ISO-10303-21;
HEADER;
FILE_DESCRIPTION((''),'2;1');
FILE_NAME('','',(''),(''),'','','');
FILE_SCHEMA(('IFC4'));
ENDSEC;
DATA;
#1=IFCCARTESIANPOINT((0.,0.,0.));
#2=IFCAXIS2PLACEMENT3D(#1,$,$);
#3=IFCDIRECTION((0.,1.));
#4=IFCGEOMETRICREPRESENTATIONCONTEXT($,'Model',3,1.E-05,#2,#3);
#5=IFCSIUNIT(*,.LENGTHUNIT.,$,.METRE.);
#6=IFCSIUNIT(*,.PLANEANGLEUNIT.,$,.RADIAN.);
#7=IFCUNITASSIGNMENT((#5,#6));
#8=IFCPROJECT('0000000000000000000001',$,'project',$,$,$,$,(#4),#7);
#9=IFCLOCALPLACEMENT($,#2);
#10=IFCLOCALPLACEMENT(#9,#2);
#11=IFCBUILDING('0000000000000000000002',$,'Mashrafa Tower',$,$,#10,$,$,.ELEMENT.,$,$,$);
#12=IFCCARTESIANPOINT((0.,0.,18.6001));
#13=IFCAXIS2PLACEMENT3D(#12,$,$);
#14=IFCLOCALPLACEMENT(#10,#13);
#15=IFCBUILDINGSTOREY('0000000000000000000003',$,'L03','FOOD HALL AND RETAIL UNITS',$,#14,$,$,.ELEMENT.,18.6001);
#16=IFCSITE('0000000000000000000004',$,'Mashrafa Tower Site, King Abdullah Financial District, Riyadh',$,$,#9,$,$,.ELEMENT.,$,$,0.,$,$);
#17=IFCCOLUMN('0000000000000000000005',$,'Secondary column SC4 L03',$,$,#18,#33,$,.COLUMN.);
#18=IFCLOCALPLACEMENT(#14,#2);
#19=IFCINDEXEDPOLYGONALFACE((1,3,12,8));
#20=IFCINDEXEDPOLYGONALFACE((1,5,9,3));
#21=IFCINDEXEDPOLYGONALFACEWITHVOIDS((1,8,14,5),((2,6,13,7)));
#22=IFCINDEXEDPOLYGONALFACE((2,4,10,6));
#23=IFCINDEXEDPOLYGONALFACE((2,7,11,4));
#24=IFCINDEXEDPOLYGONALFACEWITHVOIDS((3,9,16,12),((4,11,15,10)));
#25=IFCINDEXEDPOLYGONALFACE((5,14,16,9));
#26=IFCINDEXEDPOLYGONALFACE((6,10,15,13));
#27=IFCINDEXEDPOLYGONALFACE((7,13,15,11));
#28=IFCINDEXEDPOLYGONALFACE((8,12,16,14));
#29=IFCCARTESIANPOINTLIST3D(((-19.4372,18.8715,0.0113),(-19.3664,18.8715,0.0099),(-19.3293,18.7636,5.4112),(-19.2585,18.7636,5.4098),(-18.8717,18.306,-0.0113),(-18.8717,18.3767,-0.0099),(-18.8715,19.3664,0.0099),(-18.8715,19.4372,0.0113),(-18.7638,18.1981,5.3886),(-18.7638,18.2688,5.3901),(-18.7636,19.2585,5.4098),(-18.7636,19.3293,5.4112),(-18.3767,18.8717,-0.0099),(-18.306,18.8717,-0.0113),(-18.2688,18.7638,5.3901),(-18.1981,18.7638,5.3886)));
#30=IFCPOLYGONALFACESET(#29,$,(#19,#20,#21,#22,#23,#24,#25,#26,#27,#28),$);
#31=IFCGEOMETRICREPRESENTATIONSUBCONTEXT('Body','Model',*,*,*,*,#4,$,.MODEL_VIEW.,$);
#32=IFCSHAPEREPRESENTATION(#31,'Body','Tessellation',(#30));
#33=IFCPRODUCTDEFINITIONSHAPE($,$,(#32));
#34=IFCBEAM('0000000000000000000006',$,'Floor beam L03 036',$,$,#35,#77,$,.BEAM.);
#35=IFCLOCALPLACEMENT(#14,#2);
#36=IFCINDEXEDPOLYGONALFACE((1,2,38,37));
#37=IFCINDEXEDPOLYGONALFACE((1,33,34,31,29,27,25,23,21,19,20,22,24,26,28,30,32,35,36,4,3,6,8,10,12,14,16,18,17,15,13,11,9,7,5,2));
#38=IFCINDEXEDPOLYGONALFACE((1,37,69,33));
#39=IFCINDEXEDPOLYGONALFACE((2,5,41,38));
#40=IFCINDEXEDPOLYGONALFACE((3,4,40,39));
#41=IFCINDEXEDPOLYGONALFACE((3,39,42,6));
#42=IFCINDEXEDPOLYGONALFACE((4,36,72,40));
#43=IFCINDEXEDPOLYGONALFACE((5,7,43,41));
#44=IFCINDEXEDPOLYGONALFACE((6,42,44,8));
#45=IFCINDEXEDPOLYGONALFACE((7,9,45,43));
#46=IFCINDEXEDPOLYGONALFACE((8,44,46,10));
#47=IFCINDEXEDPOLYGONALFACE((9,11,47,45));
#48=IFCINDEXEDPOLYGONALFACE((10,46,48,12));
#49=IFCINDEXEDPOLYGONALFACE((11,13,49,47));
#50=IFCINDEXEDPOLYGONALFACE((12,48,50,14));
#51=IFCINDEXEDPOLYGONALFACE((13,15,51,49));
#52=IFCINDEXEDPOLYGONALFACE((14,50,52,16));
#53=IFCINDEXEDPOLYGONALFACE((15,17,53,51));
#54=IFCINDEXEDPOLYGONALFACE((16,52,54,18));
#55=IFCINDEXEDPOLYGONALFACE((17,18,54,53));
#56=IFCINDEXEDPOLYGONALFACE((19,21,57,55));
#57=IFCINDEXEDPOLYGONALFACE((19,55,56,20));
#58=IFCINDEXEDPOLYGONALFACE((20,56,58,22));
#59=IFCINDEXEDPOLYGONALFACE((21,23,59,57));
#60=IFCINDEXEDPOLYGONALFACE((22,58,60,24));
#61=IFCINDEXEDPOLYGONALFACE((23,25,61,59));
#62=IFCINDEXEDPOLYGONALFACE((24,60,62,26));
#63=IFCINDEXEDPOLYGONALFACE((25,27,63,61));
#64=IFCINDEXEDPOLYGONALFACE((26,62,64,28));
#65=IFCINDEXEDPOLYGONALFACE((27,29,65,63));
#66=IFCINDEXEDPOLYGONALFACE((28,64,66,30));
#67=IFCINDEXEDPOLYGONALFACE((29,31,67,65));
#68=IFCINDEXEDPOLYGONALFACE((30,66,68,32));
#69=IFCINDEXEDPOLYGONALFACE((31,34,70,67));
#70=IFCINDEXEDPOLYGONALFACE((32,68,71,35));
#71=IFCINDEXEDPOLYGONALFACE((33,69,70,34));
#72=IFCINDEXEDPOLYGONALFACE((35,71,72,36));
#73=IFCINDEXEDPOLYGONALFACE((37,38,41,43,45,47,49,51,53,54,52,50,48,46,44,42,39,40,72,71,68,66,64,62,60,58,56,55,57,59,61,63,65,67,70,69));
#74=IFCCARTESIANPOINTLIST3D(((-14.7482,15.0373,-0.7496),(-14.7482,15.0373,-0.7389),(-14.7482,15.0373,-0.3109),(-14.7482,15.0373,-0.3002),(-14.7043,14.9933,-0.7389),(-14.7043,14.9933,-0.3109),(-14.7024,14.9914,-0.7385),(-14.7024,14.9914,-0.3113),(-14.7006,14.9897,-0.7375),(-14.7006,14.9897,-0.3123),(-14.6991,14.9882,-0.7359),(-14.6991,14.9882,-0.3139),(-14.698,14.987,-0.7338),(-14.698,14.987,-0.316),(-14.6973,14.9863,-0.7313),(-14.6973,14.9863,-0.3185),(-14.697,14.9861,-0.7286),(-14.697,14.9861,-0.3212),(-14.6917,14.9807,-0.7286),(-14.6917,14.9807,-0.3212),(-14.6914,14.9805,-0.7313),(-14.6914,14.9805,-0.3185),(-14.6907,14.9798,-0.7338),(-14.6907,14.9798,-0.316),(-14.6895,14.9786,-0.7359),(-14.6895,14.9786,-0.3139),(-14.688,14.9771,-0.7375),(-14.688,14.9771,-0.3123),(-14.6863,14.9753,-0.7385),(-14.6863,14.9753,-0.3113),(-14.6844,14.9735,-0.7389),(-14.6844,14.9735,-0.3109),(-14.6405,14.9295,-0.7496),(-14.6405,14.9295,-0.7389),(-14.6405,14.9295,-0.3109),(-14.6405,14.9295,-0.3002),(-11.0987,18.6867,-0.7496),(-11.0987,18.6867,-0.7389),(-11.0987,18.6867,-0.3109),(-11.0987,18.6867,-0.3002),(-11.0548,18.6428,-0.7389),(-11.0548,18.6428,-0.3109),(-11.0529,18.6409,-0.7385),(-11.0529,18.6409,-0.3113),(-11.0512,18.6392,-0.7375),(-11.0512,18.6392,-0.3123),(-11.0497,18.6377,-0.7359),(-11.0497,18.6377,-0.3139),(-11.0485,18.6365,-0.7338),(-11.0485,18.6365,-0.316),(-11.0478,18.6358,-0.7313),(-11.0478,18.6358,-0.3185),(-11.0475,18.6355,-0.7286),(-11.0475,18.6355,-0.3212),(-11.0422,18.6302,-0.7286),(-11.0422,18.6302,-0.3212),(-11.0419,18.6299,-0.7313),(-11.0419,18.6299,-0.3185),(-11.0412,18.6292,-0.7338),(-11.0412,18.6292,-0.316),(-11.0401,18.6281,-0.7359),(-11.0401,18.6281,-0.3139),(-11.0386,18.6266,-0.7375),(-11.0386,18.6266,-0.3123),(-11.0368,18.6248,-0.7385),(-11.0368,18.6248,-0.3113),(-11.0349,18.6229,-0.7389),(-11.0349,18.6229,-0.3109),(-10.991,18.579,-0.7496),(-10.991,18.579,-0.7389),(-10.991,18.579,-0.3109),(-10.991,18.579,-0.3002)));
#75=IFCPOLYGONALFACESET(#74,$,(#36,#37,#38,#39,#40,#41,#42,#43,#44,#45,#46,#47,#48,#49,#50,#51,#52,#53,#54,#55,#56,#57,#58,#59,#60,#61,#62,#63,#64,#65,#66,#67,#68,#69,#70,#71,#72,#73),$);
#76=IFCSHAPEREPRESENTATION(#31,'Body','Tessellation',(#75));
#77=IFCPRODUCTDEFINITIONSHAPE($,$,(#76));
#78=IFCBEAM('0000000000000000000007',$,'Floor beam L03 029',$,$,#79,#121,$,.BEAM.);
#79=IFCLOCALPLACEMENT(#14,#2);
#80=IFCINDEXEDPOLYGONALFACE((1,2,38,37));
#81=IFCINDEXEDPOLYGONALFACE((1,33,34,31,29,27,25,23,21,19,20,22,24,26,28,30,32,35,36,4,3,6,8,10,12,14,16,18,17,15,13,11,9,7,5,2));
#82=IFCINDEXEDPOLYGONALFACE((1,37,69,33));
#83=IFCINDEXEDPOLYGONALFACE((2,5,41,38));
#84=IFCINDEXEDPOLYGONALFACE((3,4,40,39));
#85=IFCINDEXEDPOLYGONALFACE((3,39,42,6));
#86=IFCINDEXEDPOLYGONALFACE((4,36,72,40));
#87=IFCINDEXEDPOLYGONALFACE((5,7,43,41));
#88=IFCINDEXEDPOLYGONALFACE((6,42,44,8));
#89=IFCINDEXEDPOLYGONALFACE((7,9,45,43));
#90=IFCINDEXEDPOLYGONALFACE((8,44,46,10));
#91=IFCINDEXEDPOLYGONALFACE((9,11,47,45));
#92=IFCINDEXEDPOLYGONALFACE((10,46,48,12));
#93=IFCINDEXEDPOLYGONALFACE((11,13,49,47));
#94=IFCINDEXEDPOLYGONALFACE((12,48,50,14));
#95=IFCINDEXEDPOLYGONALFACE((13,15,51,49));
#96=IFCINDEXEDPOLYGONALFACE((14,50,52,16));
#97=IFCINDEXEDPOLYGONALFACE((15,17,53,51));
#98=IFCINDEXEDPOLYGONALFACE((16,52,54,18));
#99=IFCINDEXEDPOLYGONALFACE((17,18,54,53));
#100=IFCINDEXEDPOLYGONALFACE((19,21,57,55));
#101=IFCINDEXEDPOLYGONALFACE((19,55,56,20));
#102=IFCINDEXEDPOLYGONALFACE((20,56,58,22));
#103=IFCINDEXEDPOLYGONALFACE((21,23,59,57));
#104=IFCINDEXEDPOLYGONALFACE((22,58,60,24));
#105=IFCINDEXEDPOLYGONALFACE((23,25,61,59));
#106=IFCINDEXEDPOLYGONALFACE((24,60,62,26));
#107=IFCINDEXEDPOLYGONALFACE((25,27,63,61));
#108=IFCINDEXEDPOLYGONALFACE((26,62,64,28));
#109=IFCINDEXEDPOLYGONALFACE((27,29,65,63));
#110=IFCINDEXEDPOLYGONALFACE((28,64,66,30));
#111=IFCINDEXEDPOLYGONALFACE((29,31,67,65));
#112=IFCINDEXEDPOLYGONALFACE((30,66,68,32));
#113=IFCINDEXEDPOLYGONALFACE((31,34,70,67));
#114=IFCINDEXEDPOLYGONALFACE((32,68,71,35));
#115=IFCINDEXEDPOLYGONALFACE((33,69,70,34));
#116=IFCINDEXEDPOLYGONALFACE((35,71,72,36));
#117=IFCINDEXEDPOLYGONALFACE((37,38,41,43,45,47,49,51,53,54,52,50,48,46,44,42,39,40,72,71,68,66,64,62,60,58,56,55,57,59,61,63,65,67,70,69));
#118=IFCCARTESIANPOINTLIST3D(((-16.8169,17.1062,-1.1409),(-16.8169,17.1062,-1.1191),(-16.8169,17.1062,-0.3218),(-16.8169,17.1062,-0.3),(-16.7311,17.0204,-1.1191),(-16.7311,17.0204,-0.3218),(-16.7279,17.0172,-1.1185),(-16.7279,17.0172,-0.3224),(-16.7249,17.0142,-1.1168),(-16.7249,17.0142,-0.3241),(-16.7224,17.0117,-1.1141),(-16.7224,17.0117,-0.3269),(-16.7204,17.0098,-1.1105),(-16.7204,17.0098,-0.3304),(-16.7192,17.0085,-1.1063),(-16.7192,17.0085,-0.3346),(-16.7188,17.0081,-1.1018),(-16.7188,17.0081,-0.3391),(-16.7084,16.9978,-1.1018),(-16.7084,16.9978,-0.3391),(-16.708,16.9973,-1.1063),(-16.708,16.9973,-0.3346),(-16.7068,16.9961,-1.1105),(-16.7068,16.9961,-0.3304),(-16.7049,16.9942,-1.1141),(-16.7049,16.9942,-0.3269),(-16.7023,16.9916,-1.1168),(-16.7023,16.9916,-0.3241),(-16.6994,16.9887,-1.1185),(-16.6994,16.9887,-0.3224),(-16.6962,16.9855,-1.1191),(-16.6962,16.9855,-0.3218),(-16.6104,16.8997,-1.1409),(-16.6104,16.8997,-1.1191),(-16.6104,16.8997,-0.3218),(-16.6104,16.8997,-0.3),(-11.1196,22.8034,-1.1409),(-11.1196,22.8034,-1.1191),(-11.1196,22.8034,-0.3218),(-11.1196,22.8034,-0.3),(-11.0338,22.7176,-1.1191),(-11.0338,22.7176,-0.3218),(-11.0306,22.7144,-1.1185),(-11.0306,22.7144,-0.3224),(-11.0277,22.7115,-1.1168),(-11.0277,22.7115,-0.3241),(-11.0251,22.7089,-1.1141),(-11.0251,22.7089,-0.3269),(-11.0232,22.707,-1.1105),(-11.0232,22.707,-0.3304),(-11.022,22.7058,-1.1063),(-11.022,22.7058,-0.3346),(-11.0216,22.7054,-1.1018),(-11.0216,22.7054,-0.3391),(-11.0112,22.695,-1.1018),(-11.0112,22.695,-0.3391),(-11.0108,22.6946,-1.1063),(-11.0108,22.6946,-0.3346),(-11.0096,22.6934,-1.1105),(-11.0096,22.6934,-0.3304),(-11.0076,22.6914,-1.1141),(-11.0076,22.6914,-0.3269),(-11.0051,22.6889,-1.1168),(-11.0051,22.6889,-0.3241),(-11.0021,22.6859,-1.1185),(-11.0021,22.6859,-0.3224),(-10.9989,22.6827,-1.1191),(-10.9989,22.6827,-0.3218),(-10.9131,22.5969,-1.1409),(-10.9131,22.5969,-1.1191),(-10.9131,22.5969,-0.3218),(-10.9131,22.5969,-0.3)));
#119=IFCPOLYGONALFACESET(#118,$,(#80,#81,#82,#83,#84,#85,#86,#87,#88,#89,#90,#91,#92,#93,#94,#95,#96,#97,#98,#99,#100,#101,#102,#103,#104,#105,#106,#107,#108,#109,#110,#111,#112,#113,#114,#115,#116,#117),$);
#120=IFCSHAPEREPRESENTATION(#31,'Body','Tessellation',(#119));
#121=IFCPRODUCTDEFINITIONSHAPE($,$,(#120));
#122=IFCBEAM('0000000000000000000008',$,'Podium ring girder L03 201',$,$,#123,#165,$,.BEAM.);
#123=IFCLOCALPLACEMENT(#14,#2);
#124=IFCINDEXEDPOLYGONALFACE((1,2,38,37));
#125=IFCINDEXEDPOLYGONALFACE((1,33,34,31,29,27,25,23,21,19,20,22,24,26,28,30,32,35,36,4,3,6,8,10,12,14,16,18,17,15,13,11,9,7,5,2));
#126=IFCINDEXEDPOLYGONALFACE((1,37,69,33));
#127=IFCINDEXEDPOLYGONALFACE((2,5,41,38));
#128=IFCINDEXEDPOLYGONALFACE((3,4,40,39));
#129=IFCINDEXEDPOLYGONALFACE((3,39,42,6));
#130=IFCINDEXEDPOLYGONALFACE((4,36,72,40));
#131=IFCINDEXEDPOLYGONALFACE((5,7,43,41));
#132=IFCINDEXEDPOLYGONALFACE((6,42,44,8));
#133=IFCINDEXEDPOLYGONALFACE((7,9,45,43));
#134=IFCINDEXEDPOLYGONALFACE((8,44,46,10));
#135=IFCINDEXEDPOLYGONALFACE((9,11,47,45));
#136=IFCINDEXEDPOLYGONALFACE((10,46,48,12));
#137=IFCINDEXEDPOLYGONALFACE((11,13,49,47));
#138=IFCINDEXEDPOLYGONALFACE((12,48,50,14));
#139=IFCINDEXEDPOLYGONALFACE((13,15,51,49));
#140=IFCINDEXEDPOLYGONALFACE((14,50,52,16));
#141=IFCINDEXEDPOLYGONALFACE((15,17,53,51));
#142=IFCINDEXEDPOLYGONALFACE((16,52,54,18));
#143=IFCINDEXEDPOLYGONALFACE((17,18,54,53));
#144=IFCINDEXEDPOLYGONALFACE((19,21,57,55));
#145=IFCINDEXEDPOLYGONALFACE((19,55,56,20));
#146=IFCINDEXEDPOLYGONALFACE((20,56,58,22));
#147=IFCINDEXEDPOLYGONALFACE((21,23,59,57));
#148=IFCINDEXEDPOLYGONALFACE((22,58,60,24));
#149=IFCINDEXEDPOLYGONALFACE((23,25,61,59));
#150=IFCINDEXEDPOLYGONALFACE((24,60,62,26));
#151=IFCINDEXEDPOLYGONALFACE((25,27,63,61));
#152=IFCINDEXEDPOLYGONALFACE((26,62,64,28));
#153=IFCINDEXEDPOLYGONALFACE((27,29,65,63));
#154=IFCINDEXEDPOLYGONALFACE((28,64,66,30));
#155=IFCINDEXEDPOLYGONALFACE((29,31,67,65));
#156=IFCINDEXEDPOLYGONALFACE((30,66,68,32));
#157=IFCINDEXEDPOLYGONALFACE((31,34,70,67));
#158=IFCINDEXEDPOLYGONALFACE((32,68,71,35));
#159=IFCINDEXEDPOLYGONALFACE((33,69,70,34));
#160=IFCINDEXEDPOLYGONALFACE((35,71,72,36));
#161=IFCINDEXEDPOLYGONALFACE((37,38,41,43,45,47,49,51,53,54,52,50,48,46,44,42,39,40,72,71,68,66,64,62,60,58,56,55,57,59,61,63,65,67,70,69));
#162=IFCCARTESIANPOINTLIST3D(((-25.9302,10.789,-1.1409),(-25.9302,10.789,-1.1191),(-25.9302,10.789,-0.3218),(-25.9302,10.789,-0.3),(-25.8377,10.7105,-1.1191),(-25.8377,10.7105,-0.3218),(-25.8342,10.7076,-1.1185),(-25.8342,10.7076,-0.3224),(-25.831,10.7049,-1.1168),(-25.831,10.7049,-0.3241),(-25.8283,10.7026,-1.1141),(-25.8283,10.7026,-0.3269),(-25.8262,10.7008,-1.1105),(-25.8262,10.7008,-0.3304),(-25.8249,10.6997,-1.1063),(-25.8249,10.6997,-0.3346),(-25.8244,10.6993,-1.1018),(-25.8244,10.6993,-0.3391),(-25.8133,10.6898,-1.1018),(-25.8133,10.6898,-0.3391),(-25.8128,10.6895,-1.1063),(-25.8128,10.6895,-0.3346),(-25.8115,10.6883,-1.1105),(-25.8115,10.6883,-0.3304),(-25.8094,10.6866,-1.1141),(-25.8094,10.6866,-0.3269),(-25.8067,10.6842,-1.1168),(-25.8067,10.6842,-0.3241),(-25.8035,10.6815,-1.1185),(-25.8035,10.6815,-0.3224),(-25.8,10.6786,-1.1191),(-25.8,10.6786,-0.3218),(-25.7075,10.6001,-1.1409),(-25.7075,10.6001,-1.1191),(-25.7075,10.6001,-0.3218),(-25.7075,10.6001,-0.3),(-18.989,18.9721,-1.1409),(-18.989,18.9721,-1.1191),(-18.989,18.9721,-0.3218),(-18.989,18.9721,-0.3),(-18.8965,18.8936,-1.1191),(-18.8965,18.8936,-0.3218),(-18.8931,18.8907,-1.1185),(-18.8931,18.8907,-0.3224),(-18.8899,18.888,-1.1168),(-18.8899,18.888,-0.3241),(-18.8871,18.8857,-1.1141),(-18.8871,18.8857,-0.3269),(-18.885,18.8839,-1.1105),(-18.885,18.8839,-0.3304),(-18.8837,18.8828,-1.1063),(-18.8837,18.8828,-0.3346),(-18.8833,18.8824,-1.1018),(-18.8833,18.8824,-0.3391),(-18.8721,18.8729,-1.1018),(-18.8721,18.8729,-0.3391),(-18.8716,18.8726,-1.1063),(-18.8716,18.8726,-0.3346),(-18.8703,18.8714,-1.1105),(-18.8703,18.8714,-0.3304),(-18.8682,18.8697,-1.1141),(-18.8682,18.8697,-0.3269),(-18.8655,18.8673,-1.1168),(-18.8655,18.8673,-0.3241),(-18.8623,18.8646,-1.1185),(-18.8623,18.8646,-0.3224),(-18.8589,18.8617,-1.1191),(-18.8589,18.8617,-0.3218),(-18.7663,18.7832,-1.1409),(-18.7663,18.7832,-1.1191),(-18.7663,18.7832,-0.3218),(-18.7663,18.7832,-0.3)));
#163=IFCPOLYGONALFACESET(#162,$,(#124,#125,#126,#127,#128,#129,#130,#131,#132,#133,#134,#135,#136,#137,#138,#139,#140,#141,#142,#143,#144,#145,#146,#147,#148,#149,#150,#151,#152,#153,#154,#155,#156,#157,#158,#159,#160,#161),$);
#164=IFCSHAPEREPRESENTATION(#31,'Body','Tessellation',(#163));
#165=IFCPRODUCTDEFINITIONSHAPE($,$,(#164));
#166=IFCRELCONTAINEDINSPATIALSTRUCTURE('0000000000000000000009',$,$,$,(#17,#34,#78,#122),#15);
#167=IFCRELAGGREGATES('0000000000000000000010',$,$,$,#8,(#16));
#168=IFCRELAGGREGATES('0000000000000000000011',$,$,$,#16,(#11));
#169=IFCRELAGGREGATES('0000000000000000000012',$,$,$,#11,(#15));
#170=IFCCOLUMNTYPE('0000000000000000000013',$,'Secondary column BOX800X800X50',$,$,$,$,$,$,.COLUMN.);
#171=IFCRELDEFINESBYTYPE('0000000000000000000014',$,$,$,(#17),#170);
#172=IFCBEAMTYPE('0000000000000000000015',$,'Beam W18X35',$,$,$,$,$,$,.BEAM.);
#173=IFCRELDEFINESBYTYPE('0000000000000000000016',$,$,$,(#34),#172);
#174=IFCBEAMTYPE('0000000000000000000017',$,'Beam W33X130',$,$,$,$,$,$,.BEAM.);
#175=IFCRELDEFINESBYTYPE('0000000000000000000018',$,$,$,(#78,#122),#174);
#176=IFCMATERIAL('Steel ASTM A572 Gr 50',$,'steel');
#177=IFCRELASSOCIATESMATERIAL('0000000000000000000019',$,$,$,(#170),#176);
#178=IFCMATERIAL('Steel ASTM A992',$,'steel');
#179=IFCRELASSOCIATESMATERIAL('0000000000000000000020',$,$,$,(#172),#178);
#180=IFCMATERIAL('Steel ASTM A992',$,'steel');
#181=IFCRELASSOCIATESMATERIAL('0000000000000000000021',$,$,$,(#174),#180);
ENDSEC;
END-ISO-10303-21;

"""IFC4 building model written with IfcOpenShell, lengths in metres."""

from ifc_helpers import new_model, si_unit, direction, frame, origin, origin_2d, place, context, subcontext, project, spatial, hollow_rectangle, i_section, extrude, material, material_profile, profile_set, type_object, element, save


model = new_model("IFC4")

# Units and contexts
model_context = context("Model", 3, precision=1e-05, world=origin(), true_north=direction((0.0, 1.0)))
body_context = subcontext(model_context, "Body", "Model", "MODEL_VIEW")
ifc_project = project(units=[si_unit("LENGTHUNIT", "METRE"), si_unit("PLANEANGLEUNIT", "RADIAN")], contexts=[model_context])

# Site, building, storey
site_placement = place(None, origin())
site = spatial("IfcSite", under=ifc_project, at=site_placement, Name="Mashrafa Tower Site, King Abdullah Financial District, Riyadh", CompositionType="ELEMENT", RefElevation=0.0)
building_placement = place(site_placement, origin())
building = spatial("IfcBuilding", under=site, at=building_placement, Name="Mashrafa Tower", CompositionType="ELEMENT")
storey_placement = place(building_placement, frame((0.0, 0.0, 18.6001)))
storey = spatial("IfcBuildingStorey", under=building, at=storey_placement, Name="L03", Description="FOOD HALL AND RETAIL UNITS", CompositionType="ELEMENT", Elevation=18.6001)

# Column
ifc_material_1 = material(Name="Steel ASTM A572 Gr 50", Category="steel")
ifc_material_profile_1 = material_profile(ifc_material_1, hollow_rectangle(XDim=0.8, YDim=0.8, WallThickness=0.05, at=origin_2d()), Name="BOX800X800X50")
ifc_profile_set_1 = profile_set([ifc_material_profile_1], Name="Steel ASTM A572 Gr 50")
column_type = type_object("IfcColumnType", Name="Secondary column BOX800X800X50", PredefinedType="COLUMN", material=ifc_profile_set_1)
column_placement = place(storey_placement, frame((-18.8716, 18.8716, 0.0), z_axis=(0.019976, -0.019976, 0.999601), x_axis=(0.707107, 0.707107, 0.0)))
element("IfcColumn", 1, at=column_placement, inside=storey, type_object=column_type, Name="Secondary column SC4 L03", PredefinedType="COLUMN", context=body_context, shape_type="SweptSolid", body=[
    extrude(hollow_rectangle(XDim=0.8, YDim=0.8, WallThickness=0.05, at=origin_2d()), origin(), (0.0, 0.0, 1.0), 5.4021),
])

# Beams
ifc_material_2 = material(Name="Steel ASTM A992", Category="steel")
ifc_material_profile_2 = material_profile(ifc_material_2, i_section(OverallWidth=0.1523, OverallDepth=0.4495, WebThickness=0.0076, FlangeThickness=0.0107, FilletRadius=0.0103, at=origin_2d()), Name="W18X35")
ifc_profile_set_2 = profile_set([ifc_material_profile_2], Name="Steel ASTM A992")
beam_type_1 = type_object("IfcBeamType", Name="Beam W18X35", PredefinedType="BEAM", material=ifc_profile_set_2)
beam_1_placement = place(storey_placement, frame((-14.6943, 14.9834, -0.5249), z_axis=(0.707107, 0.707107, 0.0), x_axis=(-0.707107, 0.707107, 0.0)))
element("IfcBeam", 2, at=beam_1_placement, inside=storey, type_object=beam_type_1, Name="Floor beam L03 036", PredefinedType="BEAM", context=body_context, shape_type="SweptSolid", body=[
    extrude(i_section(OverallWidth=0.1523, OverallDepth=0.4495, WebThickness=0.0076, FlangeThickness=0.0107, FilletRadius=0.0103, at=origin_2d()), origin(), (0.0, 0.0, 1.0), 5.1611),
])
ifc_material_3 = material(Name="Steel ASTM A992", Category="steel")
ifc_material_profile_3 = material_profile(ifc_material_3, i_section(OverallWidth=0.292, OverallDepth=0.8408, WebThickness=0.0146, FlangeThickness=0.0217, FilletRadius=0.0173, at=origin_2d()), Name="W33X130")
ifc_profile_set_3 = profile_set([ifc_material_profile_3], Name="Steel ASTM A992")
beam_type_2 = type_object("IfcBeamType", Name="Beam W33X130", PredefinedType="BEAM", material=ifc_profile_set_3)
beam_2_placement = place(storey_placement, frame((-16.7136, 17.0029, -0.7205), z_axis=(0.707107, 0.707107, 0.0), x_axis=(-0.707107, 0.707107, 0.0)))
element("IfcBeam", 3, at=beam_2_placement, inside=storey, type_object=beam_type_2, Name="Floor beam L03 029", PredefinedType="BEAM", context=body_context, shape_type="SweptSolid", body=[
    extrude(i_section(OverallWidth=0.292, OverallDepth=0.8408, WebThickness=0.0146, FlangeThickness=0.0217, FilletRadius=0.0173, at=origin_2d()), origin(), (0.0, 0.0, 1.0), 8.0571),
])
beam_3_placement = place(storey_placement, frame((-18.8777, 18.8777, -0.7205), z_axis=(-0.646865, -0.762605, 0.0), x_axis=(0.762605, -0.646865, 0.0)))
element("IfcBeam", 4, at=beam_3_placement, inside=storey, type_object=beam_type_2, Name="Podium ring girder L03 201", PredefinedType="BEAM", context=body_context, shape_type="SweptSolid", body=[
    extrude(i_section(OverallWidth=0.292, OverallDepth=0.8408, WebThickness=0.0146, FlangeThickness=0.0217, FilletRadius=0.0173, at=origin_2d()), origin(), (0.0, 0.0, 1.0), 10.7305),
])

save(model, "model.ifc")
